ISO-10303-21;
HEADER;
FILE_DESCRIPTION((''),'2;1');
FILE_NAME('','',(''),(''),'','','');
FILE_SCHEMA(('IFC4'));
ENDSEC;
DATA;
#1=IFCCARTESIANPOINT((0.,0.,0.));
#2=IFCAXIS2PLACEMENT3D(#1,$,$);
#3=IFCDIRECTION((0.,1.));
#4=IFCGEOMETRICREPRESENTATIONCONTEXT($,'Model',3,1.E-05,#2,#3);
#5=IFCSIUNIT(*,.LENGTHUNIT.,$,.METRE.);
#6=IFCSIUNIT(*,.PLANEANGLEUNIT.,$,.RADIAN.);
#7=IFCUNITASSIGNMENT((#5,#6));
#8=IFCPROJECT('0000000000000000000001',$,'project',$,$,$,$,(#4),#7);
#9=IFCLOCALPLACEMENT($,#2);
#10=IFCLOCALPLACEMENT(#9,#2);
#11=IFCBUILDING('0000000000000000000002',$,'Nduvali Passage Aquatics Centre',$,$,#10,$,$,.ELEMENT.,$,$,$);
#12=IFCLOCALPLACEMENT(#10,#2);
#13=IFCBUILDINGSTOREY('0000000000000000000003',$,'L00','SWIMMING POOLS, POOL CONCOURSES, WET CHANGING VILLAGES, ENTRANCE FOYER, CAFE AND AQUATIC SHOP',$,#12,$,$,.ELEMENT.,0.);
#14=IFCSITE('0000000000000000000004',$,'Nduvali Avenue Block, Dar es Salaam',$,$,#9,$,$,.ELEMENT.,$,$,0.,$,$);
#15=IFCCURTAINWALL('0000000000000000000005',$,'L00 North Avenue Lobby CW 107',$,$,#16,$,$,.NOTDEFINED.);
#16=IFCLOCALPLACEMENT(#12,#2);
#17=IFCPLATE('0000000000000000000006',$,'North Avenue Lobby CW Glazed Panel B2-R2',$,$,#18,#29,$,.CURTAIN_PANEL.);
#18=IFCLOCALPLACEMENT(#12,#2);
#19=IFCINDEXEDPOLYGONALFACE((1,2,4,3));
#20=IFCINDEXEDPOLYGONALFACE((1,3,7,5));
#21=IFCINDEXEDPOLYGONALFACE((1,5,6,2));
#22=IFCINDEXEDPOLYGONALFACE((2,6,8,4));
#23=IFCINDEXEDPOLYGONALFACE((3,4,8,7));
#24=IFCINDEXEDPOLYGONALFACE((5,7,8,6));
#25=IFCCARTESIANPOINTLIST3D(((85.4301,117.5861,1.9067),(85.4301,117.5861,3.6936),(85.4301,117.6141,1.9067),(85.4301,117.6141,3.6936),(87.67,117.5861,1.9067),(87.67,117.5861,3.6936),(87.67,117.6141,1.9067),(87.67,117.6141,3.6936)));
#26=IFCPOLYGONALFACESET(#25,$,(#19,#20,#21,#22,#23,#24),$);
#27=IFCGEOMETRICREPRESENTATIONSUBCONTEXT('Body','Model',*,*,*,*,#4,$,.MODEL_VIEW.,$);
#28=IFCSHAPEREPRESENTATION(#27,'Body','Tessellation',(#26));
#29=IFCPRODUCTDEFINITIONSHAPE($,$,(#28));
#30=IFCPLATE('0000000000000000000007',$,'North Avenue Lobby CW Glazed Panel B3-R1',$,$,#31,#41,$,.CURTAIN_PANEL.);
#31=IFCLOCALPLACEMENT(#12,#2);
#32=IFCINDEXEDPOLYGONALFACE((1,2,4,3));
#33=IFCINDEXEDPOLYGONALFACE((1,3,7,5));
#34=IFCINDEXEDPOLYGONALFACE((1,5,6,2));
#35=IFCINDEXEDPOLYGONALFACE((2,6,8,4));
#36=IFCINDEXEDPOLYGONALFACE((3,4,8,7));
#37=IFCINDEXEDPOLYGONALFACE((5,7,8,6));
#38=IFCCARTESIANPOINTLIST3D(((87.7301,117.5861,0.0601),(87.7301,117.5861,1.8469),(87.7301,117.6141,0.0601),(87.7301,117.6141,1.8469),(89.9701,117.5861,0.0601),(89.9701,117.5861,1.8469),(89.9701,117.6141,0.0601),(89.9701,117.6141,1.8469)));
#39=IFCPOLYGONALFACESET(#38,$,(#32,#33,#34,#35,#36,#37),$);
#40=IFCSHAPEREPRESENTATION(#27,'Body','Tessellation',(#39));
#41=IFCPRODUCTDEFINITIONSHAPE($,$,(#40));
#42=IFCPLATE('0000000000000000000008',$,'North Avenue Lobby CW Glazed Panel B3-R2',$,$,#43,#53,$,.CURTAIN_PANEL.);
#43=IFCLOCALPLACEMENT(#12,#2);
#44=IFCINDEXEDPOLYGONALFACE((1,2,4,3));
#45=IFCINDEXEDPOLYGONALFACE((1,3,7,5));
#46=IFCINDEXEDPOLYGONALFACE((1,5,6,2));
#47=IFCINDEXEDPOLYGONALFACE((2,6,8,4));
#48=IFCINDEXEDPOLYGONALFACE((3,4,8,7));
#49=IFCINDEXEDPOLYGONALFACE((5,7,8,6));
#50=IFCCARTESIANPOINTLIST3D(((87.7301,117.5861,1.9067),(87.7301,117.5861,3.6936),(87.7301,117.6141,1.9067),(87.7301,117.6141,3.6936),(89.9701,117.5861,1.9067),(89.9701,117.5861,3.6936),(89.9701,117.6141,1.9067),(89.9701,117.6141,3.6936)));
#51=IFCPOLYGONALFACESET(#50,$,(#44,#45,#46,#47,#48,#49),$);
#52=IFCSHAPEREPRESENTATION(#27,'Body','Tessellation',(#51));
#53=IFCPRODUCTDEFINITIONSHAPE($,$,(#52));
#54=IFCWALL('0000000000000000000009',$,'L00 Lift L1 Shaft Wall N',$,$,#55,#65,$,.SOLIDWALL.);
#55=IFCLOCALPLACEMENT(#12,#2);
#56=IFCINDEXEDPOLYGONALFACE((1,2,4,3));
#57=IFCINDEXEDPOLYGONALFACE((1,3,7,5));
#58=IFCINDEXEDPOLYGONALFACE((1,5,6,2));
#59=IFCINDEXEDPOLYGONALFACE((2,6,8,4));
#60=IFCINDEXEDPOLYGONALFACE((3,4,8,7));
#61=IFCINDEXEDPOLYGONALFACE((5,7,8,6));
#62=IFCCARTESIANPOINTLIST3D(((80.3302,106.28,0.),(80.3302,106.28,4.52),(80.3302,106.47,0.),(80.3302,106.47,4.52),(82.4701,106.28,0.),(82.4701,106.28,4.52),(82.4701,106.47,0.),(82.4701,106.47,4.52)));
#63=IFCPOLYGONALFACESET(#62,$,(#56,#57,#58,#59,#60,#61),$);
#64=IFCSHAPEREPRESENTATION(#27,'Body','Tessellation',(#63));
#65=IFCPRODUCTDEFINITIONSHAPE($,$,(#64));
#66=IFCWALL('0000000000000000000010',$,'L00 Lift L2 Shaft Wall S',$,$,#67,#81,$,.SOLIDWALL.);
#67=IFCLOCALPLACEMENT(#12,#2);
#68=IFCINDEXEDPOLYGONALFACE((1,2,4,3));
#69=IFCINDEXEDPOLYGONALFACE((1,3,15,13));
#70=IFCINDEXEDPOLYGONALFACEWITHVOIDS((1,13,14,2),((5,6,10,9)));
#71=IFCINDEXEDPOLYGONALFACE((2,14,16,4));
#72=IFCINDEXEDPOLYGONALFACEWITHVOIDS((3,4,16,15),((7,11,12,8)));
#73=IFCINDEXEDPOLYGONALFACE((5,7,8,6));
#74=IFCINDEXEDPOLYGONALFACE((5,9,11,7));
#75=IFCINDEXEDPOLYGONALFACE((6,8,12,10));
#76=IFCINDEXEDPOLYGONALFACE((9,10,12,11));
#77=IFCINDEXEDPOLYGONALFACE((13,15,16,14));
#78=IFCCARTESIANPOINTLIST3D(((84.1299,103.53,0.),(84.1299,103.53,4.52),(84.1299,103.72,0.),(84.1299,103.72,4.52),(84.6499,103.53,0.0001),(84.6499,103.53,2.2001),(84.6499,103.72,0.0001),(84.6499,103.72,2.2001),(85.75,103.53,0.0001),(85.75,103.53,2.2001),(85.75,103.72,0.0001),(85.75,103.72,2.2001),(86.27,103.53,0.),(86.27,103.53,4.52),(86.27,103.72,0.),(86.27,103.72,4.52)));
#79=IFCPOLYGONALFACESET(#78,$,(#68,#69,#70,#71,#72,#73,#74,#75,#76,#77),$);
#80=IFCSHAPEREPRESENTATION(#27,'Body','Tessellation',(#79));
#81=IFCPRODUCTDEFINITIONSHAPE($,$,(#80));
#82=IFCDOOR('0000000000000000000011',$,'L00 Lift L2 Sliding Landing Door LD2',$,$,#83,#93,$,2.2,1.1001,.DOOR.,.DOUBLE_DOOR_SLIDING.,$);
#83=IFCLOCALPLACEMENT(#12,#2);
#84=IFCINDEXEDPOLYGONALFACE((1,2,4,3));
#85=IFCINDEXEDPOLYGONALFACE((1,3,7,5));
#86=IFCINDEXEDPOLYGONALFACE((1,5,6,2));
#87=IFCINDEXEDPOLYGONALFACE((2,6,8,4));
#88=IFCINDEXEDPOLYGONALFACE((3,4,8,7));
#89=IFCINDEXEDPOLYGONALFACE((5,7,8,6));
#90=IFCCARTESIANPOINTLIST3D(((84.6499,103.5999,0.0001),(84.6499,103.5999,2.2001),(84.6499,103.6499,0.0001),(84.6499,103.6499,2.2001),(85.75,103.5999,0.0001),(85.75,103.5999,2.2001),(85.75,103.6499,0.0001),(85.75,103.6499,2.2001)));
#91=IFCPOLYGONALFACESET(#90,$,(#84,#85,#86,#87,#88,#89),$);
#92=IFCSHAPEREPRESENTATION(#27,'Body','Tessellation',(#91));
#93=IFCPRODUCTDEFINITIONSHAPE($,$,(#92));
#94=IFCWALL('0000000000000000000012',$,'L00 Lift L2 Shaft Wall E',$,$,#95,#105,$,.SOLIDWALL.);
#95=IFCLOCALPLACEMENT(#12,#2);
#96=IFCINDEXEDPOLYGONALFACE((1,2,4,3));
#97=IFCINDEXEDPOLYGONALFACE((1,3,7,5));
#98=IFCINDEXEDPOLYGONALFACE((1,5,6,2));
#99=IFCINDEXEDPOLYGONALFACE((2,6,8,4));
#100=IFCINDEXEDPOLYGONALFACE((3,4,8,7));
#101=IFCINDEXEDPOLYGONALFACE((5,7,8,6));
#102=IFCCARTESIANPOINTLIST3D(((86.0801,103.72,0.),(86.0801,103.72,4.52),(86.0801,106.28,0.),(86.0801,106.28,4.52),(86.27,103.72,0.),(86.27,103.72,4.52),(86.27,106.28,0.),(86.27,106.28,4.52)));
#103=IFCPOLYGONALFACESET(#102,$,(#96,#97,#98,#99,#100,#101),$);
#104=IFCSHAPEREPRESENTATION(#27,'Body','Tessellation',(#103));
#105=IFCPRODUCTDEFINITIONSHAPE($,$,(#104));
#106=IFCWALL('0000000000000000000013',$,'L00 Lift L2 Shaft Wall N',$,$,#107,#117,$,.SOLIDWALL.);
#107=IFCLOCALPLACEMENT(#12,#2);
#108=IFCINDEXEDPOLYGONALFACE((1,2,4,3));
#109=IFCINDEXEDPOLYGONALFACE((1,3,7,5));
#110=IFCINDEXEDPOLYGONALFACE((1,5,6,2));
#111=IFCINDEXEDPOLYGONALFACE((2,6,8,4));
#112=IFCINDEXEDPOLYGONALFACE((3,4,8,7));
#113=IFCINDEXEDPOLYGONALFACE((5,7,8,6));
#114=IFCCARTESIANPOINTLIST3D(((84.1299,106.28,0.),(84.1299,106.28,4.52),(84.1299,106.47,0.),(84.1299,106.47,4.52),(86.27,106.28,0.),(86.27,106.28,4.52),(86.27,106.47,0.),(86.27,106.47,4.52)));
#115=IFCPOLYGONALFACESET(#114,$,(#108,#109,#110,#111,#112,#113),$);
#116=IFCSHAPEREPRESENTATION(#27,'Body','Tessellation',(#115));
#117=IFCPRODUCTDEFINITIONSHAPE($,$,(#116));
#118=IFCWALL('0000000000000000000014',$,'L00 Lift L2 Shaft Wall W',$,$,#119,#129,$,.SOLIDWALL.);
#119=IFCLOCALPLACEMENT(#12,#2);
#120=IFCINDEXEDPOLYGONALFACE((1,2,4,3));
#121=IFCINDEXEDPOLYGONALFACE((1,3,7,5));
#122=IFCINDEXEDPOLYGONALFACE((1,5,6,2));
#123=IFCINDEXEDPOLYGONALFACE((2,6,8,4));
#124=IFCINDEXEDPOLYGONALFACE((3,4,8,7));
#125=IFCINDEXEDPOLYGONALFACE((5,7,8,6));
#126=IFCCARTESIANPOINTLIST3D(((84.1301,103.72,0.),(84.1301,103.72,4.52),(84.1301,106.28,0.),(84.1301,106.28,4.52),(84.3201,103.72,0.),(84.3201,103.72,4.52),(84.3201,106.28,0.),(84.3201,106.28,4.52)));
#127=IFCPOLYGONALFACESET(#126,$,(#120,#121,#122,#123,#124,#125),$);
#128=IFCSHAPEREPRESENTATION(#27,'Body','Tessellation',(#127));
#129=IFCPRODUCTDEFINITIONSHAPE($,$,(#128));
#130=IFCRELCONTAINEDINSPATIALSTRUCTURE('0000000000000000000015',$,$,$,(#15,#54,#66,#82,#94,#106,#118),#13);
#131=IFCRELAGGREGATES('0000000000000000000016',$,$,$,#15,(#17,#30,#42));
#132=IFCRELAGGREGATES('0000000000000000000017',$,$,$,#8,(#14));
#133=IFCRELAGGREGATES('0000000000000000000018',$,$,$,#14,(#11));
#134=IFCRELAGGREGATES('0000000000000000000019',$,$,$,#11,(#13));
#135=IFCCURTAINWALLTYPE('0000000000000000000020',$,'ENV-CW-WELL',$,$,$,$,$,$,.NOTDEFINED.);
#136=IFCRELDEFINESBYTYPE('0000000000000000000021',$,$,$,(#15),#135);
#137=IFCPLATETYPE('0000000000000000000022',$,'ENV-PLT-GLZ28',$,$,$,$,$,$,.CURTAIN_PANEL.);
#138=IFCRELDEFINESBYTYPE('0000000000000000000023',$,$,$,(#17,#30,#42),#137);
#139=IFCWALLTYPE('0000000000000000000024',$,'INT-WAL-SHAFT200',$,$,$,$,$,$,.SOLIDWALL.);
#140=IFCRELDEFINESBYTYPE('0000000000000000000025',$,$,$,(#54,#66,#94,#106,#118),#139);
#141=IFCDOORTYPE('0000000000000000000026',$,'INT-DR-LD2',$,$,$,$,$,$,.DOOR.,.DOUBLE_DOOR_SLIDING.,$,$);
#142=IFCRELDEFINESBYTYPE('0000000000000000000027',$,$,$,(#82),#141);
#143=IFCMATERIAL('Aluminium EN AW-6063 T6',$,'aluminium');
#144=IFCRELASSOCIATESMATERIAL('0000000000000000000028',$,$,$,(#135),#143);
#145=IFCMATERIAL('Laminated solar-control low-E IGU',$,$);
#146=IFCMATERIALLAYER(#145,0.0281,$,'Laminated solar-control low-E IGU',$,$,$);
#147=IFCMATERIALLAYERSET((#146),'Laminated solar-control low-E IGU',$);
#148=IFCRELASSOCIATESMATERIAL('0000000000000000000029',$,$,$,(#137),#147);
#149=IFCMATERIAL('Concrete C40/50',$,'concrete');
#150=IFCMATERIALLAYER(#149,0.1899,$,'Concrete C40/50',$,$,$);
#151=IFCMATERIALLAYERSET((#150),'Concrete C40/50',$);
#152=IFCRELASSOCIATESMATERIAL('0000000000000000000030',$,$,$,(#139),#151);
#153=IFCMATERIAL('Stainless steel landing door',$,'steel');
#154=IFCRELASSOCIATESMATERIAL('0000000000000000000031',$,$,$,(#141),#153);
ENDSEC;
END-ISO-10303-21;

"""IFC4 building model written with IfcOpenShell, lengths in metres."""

from ifc_helpers import new_model, si_unit, direction, frame, frame_2d, origin, origin_2d, place, context, subcontext, project, spatial, rectangle, extrude, material, layer, layer_set, type_object, element, fill, aggregate, save


model = new_model("IFC4")

# Units and contexts
model_context = context("Model", 3, precision=1e-05, world=origin(), true_north=direction((0.0, 1.0)))
body_context = subcontext(model_context, "Body", "Model", "MODEL_VIEW")
ifc_project = project(units=[si_unit("LENGTHUNIT", "METRE"), si_unit("PLANEANGLEUNIT", "RADIAN")], contexts=[model_context])

# Site, building, storey
site_placement = place(None, origin())
site = spatial("IfcSite", under=ifc_project, at=site_placement, Name="Nduvali Avenue Block, Dar es Salaam", CompositionType="ELEMENT", RefElevation=0.0)
building_placement = place(site_placement, origin())
building = spatial("IfcBuilding", under=site, at=building_placement, Name="Nduvali Passage Aquatics Centre", CompositionType="ELEMENT")
storey_placement = place(building_placement, origin())
storey = spatial("IfcBuildingStorey", under=building, at=storey_placement, Name="L00", Description="SWIMMING POOLS, POOL CONCOURSES, WET CHANGING VILLAGES, ENTRANCE FOYER, CAFE AND AQUATIC SHOP", CompositionType="ELEMENT", Elevation=0.0)

# Shared definitions
ifc_material_1 = material(Name="Concrete C40/50", Category="concrete")

# Curtain wall
ifc_material_2 = material(Name="Aluminium EN AW-6063 T6", Category="aluminium")
curtain_wall_type = type_object("IfcCurtainWallType", Name="ENV-CW-WELL", PredefinedType="NOTDEFINED", material=ifc_material_2)
curtain_wall_placement = place(storey_placement, origin())
curtain_wall = element("IfcCurtainWall", 1, at=curtain_wall_placement, inside=storey, type_object=curtain_wall_type, Name="L00 North Avenue Lobby CW 107", PredefinedType="NOTDEFINED")

# Plates
ifc_material_3 = material(Name="Laminated solar-control low-E IGU")
ifc_layer_1 = layer(ifc_material_3, 0.0281, Name="Laminated solar-control low-E IGU")
ifc_layer_set_1 = layer_set([ifc_layer_1], Name="Laminated solar-control low-E IGU")
plate_type = type_object("IfcPlateType", Name="ENV-PLT-GLZ28", PredefinedType="CURTAIN_PANEL", material=ifc_layer_set_1)
plate_1_placement = place(storey_placement, frame((86.55, 117.6001, 1.9067), z_axis=(0.0, 0.0, 1.0), x_axis=(1.0, 0.0, 0.0)))
plate_1 = element("IfcPlate", 2, at=plate_1_placement, type_object=plate_type, Name="North Avenue Lobby CW Glazed Panel B2-R2", PredefinedType="CURTAIN_PANEL", context=body_context, shape_type="SweptSolid", body=[
    extrude(rectangle(XDim=2.24, YDim=0.0281, at=origin_2d()), origin(), (0.0, 0.0, 1.0), 1.7869),
])
plate_2_placement = place(storey_placement, frame((88.8501, 117.6001, 0.0601), z_axis=(0.0, 0.0, 1.0), x_axis=(1.0, 0.0, 0.0)))
plate_2 = element("IfcPlate", 3, at=plate_2_placement, type_object=plate_type, Name="North Avenue Lobby CW Glazed Panel B3-R1", PredefinedType="CURTAIN_PANEL", context=body_context, shape_type="SweptSolid", body=[
    extrude(rectangle(XDim=2.24, YDim=0.0281, at=origin_2d()), origin(), (0.0, 0.0, 1.0), 1.7869),
])
plate_3_placement = place(storey_placement, frame((88.8501, 117.6001, 1.9067), z_axis=(0.0, 0.0, 1.0), x_axis=(1.0, 0.0, 0.0)))
plate_3 = element("IfcPlate", 4, at=plate_3_placement, type_object=plate_type, Name="North Avenue Lobby CW Glazed Panel B3-R2", PredefinedType="CURTAIN_PANEL", context=body_context, shape_type="SweptSolid", body=[
    extrude(rectangle(XDim=2.24, YDim=0.0281, at=origin_2d()), origin(), (0.0, 0.0, 1.0), 1.7869),
])
aggregate(curtain_wall, [plate_1, plate_2, plate_3])

# Wall
ifc_layer_2 = layer(ifc_material_1, 0.1899, Name="Concrete C40/50")
ifc_layer_set_2 = layer_set([ifc_layer_2], Name="Concrete C40/50")
wall_type_1 = type_object("IfcWallType", Name="INT-WAL-SHAFT200", PredefinedType="SOLIDWALL", material=ifc_layer_set_2)
wall_1_placement = place(storey_placement, frame((82.47, 106.375, 0.0), z_axis=(0.0, 0.0, 1.0), x_axis=(-1.0, 0.0, 0.0)))
element("IfcWall", 5, at=wall_1_placement, inside=storey, type_object=wall_type_1, Name="L00 Lift L1 Shaft Wall N", PredefinedType="SOLIDWALL", context=body_context, shape_type="SweptSolid", body=[
    extrude(rectangle(XDim=2.1399, YDim=0.1899, at=frame_2d((1.0698, 0.0))), origin(), (0.0, 0.0, 1.0), 4.52),
])

# Wall, opening, door
wall_2_placement = place(storey_placement, frame((84.1299, 103.625, 0.0), z_axis=(0.0, 0.0, 1.0), x_axis=(1.0, 0.0, 0.0)))
wall_2 = element("IfcWall", 6, at=wall_2_placement, inside=storey, type_object=wall_type_1, Name="L00 Lift L2 Shaft Wall S", PredefinedType="SOLIDWALL", context=body_context, shape_type="SweptSolid", body=[
    extrude(rectangle(XDim=2.1401, YDim=0.1899, at=frame_2d((1.0701, 0.0))), origin(), (0.0, 0.0, 1.0), 4.52),
])
opening_1_placement = place(wall_2_placement, frame((0.52, 0.0, 0.0)))
opening_1 = element("IfcOpeningElement", 7, at=opening_1_placement, cuts=wall_2, PredefinedType="OPENING", context=body_context, shape_type="SweptSolid", body=[
    extrude(rectangle(XDim=1.1001, YDim=2.2, at=frame_2d((0.55, 1.1001))), frame((0.0, 0.1099, 0.0), z_axis=(0.0, -1.0, 0.0), x_axis=(1.0, 0.0, 0.0)), (0.0, 0.0, 1.0), 0.2197),
])
ifc_material_4 = material(Name="Stainless steel landing door", Category="steel")
door_type_1 = type_object("IfcDoorType", Name="INT-DR-LD2", OperationType="DOUBLE_DOOR_SLIDING", PredefinedType="DOOR", material=ifc_material_4)
door_1_placement = place(opening_1_placement, origin())
door_1 = element("IfcDoor", 8, at=door_1_placement, inside=storey, type_object=door_type_1, Name="L00 Lift L2 Sliding Landing Door LD2", OperationType="DOUBLE_DOOR_SLIDING", OverallHeight=2.2, OverallWidth=1.1001, PredefinedType="DOOR", context=body_context, shape_type="SweptSolid", body=[
    extrude(rectangle(XDim=1.1001, YDim=2.2, at=frame_2d((0.55, 1.1001))), frame((0.0, 0.0249, 0.0), z_axis=(0.0, -1.0, 0.0), x_axis=(1.0, 0.0, 0.0)), (0.0, 0.0, 1.0), 0.05),
])
fill(opening_1, door_1)

# Walls
wall_3_placement = place(storey_placement, frame((86.175, 103.72, 0.0), z_axis=(0.0, 0.0, 1.0), x_axis=(0.0, 1.0, 0.0)))
element("IfcWall", 9, at=wall_3_placement, inside=storey, type_object=wall_type_1, Name="L00 Lift L2 Shaft Wall E", PredefinedType="SOLIDWALL", context=body_context, shape_type="SweptSolid", body=[
    extrude(rectangle(XDim=2.5601, YDim=0.1899, at=frame_2d((1.28, 0.0))), origin(), (0.0, 0.0, 1.0), 4.52),
])
wall_4_placement = place(storey_placement, frame((86.27, 106.375, 0.0), z_axis=(0.0, 0.0, 1.0), x_axis=(-1.0, 0.0, 0.0)))
element("IfcWall", 10, at=wall_4_placement, inside=storey, type_object=wall_type_1, Name="L00 Lift L2 Shaft Wall N", PredefinedType="SOLIDWALL", context=body_context, shape_type="SweptSolid", body=[
    extrude(rectangle(XDim=2.1401, YDim=0.1899, at=frame_2d((1.0701, 0.0))), origin(), (0.0, 0.0, 1.0), 4.52),
])
wall_5_placement = place(storey_placement, frame((84.2251, 106.28, 0.0), z_axis=(0.0, 0.0, 1.0), x_axis=(0.0, -1.0, 0.0)))
element("IfcWall", 11, at=wall_5_placement, inside=storey, type_object=wall_type_1, Name="L00 Lift L2 Shaft Wall W", PredefinedType="SOLIDWALL", context=body_context, shape_type="SweptSolid", body=[
    extrude(rectangle(XDim=2.5601, YDim=0.1899, at=frame_2d((1.28, 0.0))), origin(), (0.0, 0.0, 1.0), 4.52),
])

save(model, "model.ifc")
